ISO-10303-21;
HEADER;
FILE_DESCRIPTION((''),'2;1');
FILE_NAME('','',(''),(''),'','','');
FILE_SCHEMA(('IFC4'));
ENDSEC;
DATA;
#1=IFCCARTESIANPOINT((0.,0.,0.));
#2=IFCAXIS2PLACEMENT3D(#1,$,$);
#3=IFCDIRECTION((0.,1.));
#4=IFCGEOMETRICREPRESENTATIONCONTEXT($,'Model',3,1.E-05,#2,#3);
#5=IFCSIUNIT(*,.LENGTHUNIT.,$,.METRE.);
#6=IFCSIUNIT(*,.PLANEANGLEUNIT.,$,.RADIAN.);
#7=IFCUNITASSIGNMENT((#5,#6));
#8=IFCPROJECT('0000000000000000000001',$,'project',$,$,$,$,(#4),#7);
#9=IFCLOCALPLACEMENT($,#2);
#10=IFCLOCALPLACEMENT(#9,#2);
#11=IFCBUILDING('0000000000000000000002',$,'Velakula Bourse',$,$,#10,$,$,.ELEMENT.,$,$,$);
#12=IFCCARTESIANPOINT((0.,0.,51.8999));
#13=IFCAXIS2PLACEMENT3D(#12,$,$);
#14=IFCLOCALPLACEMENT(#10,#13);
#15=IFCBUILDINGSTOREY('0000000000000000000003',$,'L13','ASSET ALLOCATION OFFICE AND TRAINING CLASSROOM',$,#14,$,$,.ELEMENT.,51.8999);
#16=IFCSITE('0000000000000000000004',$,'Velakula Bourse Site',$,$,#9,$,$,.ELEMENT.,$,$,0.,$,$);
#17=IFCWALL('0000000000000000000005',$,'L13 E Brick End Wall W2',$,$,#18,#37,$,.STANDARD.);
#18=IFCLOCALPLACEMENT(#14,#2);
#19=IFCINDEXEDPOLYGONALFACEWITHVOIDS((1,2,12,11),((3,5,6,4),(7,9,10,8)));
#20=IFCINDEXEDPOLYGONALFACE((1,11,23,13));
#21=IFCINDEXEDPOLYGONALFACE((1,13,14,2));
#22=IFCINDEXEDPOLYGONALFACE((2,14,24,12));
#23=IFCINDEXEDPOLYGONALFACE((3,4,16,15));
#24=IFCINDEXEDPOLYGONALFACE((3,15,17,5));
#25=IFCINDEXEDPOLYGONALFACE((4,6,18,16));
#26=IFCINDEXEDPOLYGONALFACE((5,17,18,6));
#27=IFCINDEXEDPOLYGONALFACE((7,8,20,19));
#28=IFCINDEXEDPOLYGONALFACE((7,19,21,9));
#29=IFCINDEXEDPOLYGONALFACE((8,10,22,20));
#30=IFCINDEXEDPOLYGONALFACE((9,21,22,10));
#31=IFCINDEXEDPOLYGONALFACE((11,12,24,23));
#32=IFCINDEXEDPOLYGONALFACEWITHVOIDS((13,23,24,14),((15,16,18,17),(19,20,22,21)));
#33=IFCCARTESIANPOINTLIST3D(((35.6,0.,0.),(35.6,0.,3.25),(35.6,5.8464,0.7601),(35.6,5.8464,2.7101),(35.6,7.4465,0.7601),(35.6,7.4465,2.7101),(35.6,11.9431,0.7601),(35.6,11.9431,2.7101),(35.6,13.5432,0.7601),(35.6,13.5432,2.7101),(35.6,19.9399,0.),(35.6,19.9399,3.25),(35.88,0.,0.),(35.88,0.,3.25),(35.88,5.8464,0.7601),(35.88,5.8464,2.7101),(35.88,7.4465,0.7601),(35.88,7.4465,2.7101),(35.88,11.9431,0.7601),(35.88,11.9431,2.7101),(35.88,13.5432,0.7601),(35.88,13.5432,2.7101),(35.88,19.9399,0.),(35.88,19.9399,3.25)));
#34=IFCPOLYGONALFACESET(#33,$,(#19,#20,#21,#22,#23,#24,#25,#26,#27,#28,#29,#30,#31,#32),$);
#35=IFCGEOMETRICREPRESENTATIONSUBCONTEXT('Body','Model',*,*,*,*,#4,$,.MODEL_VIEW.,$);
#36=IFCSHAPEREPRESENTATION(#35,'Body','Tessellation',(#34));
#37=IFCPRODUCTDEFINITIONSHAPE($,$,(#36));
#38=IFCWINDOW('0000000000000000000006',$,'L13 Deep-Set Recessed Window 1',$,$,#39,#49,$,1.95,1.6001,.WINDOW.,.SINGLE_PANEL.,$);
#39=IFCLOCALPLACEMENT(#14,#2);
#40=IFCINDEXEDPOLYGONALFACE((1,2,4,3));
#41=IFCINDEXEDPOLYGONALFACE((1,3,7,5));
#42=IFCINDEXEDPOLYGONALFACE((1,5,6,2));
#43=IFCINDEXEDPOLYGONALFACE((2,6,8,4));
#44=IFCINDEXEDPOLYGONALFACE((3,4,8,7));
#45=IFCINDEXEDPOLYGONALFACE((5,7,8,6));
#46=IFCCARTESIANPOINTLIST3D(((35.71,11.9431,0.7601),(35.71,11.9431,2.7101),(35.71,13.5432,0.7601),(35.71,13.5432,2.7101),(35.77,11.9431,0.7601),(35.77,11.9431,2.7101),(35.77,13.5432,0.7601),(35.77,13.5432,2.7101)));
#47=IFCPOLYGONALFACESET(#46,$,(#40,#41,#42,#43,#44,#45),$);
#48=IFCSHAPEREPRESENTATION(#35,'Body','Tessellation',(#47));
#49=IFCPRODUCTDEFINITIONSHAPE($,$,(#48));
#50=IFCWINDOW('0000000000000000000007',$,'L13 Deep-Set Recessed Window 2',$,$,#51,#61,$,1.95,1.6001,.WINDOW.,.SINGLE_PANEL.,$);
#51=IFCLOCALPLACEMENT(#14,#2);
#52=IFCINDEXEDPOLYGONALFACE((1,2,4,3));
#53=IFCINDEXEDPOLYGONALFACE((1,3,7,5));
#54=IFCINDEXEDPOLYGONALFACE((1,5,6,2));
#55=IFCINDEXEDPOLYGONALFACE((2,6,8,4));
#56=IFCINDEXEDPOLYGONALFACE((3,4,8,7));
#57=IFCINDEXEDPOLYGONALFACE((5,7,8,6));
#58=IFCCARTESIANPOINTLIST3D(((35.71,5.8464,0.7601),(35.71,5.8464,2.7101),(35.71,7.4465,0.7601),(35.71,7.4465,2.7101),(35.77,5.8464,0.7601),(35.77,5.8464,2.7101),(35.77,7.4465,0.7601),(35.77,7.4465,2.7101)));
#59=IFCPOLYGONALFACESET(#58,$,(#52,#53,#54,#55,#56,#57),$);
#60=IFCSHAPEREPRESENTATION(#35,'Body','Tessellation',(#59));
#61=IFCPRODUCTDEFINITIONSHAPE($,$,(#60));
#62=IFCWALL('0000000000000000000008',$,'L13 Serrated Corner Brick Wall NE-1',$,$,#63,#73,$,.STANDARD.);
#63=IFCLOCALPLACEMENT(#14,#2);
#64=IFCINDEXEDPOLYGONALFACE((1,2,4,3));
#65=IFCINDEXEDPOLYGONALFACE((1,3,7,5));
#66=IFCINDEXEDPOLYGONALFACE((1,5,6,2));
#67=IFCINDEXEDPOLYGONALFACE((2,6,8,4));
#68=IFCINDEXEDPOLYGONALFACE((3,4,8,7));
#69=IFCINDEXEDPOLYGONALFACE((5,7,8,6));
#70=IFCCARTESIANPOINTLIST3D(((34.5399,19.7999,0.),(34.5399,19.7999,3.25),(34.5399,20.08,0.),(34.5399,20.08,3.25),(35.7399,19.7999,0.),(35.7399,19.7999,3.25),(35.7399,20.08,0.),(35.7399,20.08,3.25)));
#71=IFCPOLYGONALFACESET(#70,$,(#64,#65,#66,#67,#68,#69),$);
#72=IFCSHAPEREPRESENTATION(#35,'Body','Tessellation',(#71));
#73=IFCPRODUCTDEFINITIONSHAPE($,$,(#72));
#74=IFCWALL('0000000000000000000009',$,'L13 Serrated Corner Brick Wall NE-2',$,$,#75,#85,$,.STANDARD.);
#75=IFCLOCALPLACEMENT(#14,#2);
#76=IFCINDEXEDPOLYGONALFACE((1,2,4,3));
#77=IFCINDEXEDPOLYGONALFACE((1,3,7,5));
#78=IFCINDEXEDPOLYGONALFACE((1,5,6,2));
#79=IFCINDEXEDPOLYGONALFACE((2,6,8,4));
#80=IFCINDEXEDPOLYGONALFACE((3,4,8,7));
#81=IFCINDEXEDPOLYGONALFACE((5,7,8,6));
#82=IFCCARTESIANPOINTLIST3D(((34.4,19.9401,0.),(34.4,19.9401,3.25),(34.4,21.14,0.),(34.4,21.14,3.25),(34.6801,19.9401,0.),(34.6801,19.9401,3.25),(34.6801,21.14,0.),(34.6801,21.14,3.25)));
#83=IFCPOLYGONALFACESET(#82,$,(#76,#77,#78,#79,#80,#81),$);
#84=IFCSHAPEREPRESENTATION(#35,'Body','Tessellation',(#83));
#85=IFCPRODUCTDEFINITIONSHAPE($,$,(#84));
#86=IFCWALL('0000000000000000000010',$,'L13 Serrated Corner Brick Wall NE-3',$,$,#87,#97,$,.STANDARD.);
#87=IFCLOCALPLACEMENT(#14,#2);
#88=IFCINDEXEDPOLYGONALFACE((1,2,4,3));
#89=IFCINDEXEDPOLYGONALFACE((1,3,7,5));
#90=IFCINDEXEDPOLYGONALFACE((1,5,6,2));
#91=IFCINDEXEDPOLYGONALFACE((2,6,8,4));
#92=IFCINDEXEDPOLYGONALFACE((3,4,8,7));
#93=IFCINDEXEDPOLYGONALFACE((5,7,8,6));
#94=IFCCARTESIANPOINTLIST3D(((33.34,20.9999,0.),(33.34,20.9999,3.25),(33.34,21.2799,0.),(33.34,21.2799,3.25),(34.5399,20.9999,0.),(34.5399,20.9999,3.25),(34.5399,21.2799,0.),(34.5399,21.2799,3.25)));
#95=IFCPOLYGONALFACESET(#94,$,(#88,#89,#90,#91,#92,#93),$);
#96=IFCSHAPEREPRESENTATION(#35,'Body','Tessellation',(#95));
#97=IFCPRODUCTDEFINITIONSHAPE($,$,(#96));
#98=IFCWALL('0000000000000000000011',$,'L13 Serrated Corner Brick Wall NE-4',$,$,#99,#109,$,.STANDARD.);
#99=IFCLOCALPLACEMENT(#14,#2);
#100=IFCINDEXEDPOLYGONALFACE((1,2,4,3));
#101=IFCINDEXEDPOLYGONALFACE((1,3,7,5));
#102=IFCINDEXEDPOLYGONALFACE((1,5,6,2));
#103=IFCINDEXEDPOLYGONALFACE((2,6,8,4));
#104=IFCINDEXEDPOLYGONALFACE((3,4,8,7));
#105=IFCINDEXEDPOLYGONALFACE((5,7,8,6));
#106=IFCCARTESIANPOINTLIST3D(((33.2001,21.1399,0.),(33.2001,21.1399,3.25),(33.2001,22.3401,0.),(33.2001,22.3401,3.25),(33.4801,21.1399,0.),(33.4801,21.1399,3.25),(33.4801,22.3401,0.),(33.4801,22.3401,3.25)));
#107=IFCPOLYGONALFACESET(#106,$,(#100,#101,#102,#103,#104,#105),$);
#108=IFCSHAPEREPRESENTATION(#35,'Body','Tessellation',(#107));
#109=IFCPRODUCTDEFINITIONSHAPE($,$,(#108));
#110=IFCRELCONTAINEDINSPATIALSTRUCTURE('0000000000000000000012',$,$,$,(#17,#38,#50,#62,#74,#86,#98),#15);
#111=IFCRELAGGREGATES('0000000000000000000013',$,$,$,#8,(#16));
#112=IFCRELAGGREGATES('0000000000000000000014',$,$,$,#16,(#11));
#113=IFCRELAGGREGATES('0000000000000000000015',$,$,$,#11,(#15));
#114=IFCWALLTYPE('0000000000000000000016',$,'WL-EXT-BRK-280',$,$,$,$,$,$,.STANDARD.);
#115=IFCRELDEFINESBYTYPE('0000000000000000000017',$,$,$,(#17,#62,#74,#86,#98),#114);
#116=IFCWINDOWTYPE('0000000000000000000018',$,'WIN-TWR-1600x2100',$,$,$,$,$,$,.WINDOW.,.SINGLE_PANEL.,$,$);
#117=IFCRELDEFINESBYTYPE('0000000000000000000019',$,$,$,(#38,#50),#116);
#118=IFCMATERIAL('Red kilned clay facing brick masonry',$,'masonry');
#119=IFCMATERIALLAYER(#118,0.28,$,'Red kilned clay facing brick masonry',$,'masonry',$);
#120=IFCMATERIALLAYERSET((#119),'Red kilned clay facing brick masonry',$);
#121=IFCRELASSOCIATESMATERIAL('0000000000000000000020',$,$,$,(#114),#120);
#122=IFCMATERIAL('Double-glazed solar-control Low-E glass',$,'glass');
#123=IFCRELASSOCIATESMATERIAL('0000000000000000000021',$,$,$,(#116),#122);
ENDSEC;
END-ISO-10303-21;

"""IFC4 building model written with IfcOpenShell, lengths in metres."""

from ifc_helpers import new_model, si_unit, direction, frame, frame_2d, origin, place, context, subcontext, project, spatial, rectangle, extrude, material, layer, layer_set, type_object, element, fill, save


model = new_model("IFC4")

# Units and contexts
model_context = context("Model", 3, precision=1e-05, world=origin(), true_north=direction((0.0, 1.0)))
body_context = subcontext(model_context, "Body", "Model", "MODEL_VIEW")
ifc_project = project(units=[si_unit("LENGTHUNIT", "METRE"), si_unit("PLANEANGLEUNIT", "RADIAN")], contexts=[model_context])

# Site, building, storey
site_placement = place(None, origin())
site = spatial("IfcSite", under=ifc_project, at=site_placement, Name="Velakula Bourse Site", CompositionType="ELEMENT", RefElevation=0.0)
building_placement = place(site_placement, origin())
building = spatial("IfcBuilding", under=site, at=building_placement, Name="Velakula Bourse", CompositionType="ELEMENT")
storey_placement = place(building_placement, frame((0.0, 0.0, 51.8999)))
storey = spatial("IfcBuildingStorey", under=building, at=storey_placement, Name="L13", Description="ASSET ALLOCATION OFFICE AND TRAINING CLASSROOM", CompositionType="ELEMENT", Elevation=51.8999)

# Wall, openings, windows
ifc_material_1 = material(Name="Red kilned clay facing brick masonry", Category="masonry")
ifc_layer = layer(ifc_material_1, 0.28, Name="Red kilned clay facing brick masonry", Category="masonry")
ifc_layer_set = layer_set([ifc_layer], Name="Red kilned clay facing brick masonry")
wall_type = type_object("IfcWallType", Name="WL-EXT-BRK-280", PredefinedType="STANDARD", material=ifc_layer_set)
wall_1_placement = place(storey_placement, frame((35.74, 19.9399, 0.0), z_axis=(0.0, 0.0, 1.0), x_axis=(0.0, -1.0, 0.0)))
wall_1 = element("IfcWall", 1, at=wall_1_placement, inside=storey, type_object=wall_type, Name="L13 E Brick End Wall W2", PredefinedType="STANDARD", context=body_context, shape_type="SweptSolid", body=[
    extrude(rectangle(XDim=19.9399, YDim=0.28, at=frame_2d((9.97, 0.0))), origin(), (0.0, 0.0, 1.0), 3.25),
])
opening_1_placement = place(wall_1_placement, frame((6.3967, 0.0, 0.76)))
opening_1 = element("IfcOpeningElement", 2, at=opening_1_placement, cuts=wall_1, PredefinedType="OPENING", context=body_context, shape_type="SweptSolid", body=[
    extrude(rectangle(XDim=1.6001, YDim=1.95, at=frame_2d((0.8, 0.9751))), frame((0.0, 0.1499, 0.0), z_axis=(0.0, -1.0, 0.0), x_axis=(1.0, 0.0, 0.0)), (0.0, 0.0, 1.0), 0.3),
])
opening_2_placement = place(wall_1_placement, frame((12.4934, 0.0, 0.76)))
opening_2 = element("IfcOpeningElement", 3, at=opening_2_placement, cuts=wall_1, PredefinedType="OPENING", context=body_context, shape_type="SweptSolid", body=[
    extrude(rectangle(XDim=1.6001, YDim=1.95, at=frame_2d((0.8, 0.9751))), frame((0.0, 0.1499, 0.0), z_axis=(0.0, -1.0, 0.0), x_axis=(1.0, 0.0, 0.0)), (0.0, 0.0, 1.0), 0.3),
])
ifc_material_2 = material(Name="Double-glazed solar-control Low-E glass", Category="glass")
window_type = type_object("IfcWindowType", Name="WIN-TWR-1600x2100", PartitioningType="SINGLE_PANEL", PredefinedType="WINDOW", material=ifc_material_2)
window_1_placement = place(opening_1_placement, origin())
window_1 = element("IfcWindow", 4, at=window_1_placement, inside=storey, type_object=window_type, Name="L13 Deep-Set Recessed Window 1", OverallHeight=1.95, OverallWidth=1.6001, PartitioningType="SINGLE_PANEL", PredefinedType="WINDOW", context=body_context, shape_type="SweptSolid", body=[
    extrude(rectangle(XDim=1.6001, YDim=1.95, at=frame_2d((0.8, 0.9751))), frame((0.0, 0.03, 0.0), z_axis=(0.0, -1.0, 0.0), x_axis=(1.0, 0.0, 0.0)), (0.0, 0.0, 1.0), 0.0601),
])
fill(opening_1, window_1)
window_2_placement = place(opening_2_placement, origin())
window_2 = element("IfcWindow", 5, at=window_2_placement, inside=storey, type_object=window_type, Name="L13 Deep-Set Recessed Window 2", OverallHeight=1.95, OverallWidth=1.6001, PartitioningType="SINGLE_PANEL", PredefinedType="WINDOW", context=body_context, shape_type="SweptSolid", body=[
    extrude(rectangle(XDim=1.6001, YDim=1.95, at=frame_2d((0.8, 0.9751))), frame((0.0, 0.03, 0.0), z_axis=(0.0, -1.0, 0.0), x_axis=(1.0, 0.0, 0.0)), (0.0, 0.0, 1.0), 0.0601),
])
fill(opening_2, window_2)

# Walls
for number, where, z_axis, x_axis, name in (
    (6, (35.74, 19.9399, 0.0), (0.0, 0.0, 1.0), (-1.0, 0.0, 0.0), "L13 Serrated Corner Brick Wall NE-1"),
    (7, (34.54, 19.9399, 0.0), (0.0, 0.0, 1.0), (0.0, 1.0, 0.0), "L13 Serrated Corner Brick Wall NE-2"),
    (8, (34.54, 21.1399, 0.0), (0.0, 0.0, 1.0), (-1.0, 0.0, 0.0), "L13 Serrated Corner Brick Wall NE-3"),
):
    element("IfcWall", number, at=place(storey_placement, frame(where, z_axis=z_axis, x_axis=x_axis)), inside=storey, type_object=wall_type, Name=name, PredefinedType="STANDARD", context=body_context, shape_type="SweptSolid", body=[
        extrude(rectangle(XDim=1.2, YDim=0.28, at=frame_2d((0.6001, 0.0))), origin(), (0.0, 0.0, 1.0), 3.25),
    ])
wall_2_placement = place(storey_placement, frame((33.3401, 21.1399, 0.0), z_axis=(0.0, 0.0, 1.0), x_axis=(0.0, 1.0, 0.0)))
element("IfcWall", 9, at=wall_2_placement, inside=storey, type_object=wall_type, Name="L13 Serrated Corner Brick Wall NE-4", PredefinedType="STANDARD", context=body_context, shape_type="SweptSolid", body=[
    extrude(rectangle(XDim=1.2002, YDim=0.28, at=frame_2d((0.6001, 0.0))), origin(), (0.0, 0.0, 1.0), 3.25),
])

save(model, "model.ifc")
